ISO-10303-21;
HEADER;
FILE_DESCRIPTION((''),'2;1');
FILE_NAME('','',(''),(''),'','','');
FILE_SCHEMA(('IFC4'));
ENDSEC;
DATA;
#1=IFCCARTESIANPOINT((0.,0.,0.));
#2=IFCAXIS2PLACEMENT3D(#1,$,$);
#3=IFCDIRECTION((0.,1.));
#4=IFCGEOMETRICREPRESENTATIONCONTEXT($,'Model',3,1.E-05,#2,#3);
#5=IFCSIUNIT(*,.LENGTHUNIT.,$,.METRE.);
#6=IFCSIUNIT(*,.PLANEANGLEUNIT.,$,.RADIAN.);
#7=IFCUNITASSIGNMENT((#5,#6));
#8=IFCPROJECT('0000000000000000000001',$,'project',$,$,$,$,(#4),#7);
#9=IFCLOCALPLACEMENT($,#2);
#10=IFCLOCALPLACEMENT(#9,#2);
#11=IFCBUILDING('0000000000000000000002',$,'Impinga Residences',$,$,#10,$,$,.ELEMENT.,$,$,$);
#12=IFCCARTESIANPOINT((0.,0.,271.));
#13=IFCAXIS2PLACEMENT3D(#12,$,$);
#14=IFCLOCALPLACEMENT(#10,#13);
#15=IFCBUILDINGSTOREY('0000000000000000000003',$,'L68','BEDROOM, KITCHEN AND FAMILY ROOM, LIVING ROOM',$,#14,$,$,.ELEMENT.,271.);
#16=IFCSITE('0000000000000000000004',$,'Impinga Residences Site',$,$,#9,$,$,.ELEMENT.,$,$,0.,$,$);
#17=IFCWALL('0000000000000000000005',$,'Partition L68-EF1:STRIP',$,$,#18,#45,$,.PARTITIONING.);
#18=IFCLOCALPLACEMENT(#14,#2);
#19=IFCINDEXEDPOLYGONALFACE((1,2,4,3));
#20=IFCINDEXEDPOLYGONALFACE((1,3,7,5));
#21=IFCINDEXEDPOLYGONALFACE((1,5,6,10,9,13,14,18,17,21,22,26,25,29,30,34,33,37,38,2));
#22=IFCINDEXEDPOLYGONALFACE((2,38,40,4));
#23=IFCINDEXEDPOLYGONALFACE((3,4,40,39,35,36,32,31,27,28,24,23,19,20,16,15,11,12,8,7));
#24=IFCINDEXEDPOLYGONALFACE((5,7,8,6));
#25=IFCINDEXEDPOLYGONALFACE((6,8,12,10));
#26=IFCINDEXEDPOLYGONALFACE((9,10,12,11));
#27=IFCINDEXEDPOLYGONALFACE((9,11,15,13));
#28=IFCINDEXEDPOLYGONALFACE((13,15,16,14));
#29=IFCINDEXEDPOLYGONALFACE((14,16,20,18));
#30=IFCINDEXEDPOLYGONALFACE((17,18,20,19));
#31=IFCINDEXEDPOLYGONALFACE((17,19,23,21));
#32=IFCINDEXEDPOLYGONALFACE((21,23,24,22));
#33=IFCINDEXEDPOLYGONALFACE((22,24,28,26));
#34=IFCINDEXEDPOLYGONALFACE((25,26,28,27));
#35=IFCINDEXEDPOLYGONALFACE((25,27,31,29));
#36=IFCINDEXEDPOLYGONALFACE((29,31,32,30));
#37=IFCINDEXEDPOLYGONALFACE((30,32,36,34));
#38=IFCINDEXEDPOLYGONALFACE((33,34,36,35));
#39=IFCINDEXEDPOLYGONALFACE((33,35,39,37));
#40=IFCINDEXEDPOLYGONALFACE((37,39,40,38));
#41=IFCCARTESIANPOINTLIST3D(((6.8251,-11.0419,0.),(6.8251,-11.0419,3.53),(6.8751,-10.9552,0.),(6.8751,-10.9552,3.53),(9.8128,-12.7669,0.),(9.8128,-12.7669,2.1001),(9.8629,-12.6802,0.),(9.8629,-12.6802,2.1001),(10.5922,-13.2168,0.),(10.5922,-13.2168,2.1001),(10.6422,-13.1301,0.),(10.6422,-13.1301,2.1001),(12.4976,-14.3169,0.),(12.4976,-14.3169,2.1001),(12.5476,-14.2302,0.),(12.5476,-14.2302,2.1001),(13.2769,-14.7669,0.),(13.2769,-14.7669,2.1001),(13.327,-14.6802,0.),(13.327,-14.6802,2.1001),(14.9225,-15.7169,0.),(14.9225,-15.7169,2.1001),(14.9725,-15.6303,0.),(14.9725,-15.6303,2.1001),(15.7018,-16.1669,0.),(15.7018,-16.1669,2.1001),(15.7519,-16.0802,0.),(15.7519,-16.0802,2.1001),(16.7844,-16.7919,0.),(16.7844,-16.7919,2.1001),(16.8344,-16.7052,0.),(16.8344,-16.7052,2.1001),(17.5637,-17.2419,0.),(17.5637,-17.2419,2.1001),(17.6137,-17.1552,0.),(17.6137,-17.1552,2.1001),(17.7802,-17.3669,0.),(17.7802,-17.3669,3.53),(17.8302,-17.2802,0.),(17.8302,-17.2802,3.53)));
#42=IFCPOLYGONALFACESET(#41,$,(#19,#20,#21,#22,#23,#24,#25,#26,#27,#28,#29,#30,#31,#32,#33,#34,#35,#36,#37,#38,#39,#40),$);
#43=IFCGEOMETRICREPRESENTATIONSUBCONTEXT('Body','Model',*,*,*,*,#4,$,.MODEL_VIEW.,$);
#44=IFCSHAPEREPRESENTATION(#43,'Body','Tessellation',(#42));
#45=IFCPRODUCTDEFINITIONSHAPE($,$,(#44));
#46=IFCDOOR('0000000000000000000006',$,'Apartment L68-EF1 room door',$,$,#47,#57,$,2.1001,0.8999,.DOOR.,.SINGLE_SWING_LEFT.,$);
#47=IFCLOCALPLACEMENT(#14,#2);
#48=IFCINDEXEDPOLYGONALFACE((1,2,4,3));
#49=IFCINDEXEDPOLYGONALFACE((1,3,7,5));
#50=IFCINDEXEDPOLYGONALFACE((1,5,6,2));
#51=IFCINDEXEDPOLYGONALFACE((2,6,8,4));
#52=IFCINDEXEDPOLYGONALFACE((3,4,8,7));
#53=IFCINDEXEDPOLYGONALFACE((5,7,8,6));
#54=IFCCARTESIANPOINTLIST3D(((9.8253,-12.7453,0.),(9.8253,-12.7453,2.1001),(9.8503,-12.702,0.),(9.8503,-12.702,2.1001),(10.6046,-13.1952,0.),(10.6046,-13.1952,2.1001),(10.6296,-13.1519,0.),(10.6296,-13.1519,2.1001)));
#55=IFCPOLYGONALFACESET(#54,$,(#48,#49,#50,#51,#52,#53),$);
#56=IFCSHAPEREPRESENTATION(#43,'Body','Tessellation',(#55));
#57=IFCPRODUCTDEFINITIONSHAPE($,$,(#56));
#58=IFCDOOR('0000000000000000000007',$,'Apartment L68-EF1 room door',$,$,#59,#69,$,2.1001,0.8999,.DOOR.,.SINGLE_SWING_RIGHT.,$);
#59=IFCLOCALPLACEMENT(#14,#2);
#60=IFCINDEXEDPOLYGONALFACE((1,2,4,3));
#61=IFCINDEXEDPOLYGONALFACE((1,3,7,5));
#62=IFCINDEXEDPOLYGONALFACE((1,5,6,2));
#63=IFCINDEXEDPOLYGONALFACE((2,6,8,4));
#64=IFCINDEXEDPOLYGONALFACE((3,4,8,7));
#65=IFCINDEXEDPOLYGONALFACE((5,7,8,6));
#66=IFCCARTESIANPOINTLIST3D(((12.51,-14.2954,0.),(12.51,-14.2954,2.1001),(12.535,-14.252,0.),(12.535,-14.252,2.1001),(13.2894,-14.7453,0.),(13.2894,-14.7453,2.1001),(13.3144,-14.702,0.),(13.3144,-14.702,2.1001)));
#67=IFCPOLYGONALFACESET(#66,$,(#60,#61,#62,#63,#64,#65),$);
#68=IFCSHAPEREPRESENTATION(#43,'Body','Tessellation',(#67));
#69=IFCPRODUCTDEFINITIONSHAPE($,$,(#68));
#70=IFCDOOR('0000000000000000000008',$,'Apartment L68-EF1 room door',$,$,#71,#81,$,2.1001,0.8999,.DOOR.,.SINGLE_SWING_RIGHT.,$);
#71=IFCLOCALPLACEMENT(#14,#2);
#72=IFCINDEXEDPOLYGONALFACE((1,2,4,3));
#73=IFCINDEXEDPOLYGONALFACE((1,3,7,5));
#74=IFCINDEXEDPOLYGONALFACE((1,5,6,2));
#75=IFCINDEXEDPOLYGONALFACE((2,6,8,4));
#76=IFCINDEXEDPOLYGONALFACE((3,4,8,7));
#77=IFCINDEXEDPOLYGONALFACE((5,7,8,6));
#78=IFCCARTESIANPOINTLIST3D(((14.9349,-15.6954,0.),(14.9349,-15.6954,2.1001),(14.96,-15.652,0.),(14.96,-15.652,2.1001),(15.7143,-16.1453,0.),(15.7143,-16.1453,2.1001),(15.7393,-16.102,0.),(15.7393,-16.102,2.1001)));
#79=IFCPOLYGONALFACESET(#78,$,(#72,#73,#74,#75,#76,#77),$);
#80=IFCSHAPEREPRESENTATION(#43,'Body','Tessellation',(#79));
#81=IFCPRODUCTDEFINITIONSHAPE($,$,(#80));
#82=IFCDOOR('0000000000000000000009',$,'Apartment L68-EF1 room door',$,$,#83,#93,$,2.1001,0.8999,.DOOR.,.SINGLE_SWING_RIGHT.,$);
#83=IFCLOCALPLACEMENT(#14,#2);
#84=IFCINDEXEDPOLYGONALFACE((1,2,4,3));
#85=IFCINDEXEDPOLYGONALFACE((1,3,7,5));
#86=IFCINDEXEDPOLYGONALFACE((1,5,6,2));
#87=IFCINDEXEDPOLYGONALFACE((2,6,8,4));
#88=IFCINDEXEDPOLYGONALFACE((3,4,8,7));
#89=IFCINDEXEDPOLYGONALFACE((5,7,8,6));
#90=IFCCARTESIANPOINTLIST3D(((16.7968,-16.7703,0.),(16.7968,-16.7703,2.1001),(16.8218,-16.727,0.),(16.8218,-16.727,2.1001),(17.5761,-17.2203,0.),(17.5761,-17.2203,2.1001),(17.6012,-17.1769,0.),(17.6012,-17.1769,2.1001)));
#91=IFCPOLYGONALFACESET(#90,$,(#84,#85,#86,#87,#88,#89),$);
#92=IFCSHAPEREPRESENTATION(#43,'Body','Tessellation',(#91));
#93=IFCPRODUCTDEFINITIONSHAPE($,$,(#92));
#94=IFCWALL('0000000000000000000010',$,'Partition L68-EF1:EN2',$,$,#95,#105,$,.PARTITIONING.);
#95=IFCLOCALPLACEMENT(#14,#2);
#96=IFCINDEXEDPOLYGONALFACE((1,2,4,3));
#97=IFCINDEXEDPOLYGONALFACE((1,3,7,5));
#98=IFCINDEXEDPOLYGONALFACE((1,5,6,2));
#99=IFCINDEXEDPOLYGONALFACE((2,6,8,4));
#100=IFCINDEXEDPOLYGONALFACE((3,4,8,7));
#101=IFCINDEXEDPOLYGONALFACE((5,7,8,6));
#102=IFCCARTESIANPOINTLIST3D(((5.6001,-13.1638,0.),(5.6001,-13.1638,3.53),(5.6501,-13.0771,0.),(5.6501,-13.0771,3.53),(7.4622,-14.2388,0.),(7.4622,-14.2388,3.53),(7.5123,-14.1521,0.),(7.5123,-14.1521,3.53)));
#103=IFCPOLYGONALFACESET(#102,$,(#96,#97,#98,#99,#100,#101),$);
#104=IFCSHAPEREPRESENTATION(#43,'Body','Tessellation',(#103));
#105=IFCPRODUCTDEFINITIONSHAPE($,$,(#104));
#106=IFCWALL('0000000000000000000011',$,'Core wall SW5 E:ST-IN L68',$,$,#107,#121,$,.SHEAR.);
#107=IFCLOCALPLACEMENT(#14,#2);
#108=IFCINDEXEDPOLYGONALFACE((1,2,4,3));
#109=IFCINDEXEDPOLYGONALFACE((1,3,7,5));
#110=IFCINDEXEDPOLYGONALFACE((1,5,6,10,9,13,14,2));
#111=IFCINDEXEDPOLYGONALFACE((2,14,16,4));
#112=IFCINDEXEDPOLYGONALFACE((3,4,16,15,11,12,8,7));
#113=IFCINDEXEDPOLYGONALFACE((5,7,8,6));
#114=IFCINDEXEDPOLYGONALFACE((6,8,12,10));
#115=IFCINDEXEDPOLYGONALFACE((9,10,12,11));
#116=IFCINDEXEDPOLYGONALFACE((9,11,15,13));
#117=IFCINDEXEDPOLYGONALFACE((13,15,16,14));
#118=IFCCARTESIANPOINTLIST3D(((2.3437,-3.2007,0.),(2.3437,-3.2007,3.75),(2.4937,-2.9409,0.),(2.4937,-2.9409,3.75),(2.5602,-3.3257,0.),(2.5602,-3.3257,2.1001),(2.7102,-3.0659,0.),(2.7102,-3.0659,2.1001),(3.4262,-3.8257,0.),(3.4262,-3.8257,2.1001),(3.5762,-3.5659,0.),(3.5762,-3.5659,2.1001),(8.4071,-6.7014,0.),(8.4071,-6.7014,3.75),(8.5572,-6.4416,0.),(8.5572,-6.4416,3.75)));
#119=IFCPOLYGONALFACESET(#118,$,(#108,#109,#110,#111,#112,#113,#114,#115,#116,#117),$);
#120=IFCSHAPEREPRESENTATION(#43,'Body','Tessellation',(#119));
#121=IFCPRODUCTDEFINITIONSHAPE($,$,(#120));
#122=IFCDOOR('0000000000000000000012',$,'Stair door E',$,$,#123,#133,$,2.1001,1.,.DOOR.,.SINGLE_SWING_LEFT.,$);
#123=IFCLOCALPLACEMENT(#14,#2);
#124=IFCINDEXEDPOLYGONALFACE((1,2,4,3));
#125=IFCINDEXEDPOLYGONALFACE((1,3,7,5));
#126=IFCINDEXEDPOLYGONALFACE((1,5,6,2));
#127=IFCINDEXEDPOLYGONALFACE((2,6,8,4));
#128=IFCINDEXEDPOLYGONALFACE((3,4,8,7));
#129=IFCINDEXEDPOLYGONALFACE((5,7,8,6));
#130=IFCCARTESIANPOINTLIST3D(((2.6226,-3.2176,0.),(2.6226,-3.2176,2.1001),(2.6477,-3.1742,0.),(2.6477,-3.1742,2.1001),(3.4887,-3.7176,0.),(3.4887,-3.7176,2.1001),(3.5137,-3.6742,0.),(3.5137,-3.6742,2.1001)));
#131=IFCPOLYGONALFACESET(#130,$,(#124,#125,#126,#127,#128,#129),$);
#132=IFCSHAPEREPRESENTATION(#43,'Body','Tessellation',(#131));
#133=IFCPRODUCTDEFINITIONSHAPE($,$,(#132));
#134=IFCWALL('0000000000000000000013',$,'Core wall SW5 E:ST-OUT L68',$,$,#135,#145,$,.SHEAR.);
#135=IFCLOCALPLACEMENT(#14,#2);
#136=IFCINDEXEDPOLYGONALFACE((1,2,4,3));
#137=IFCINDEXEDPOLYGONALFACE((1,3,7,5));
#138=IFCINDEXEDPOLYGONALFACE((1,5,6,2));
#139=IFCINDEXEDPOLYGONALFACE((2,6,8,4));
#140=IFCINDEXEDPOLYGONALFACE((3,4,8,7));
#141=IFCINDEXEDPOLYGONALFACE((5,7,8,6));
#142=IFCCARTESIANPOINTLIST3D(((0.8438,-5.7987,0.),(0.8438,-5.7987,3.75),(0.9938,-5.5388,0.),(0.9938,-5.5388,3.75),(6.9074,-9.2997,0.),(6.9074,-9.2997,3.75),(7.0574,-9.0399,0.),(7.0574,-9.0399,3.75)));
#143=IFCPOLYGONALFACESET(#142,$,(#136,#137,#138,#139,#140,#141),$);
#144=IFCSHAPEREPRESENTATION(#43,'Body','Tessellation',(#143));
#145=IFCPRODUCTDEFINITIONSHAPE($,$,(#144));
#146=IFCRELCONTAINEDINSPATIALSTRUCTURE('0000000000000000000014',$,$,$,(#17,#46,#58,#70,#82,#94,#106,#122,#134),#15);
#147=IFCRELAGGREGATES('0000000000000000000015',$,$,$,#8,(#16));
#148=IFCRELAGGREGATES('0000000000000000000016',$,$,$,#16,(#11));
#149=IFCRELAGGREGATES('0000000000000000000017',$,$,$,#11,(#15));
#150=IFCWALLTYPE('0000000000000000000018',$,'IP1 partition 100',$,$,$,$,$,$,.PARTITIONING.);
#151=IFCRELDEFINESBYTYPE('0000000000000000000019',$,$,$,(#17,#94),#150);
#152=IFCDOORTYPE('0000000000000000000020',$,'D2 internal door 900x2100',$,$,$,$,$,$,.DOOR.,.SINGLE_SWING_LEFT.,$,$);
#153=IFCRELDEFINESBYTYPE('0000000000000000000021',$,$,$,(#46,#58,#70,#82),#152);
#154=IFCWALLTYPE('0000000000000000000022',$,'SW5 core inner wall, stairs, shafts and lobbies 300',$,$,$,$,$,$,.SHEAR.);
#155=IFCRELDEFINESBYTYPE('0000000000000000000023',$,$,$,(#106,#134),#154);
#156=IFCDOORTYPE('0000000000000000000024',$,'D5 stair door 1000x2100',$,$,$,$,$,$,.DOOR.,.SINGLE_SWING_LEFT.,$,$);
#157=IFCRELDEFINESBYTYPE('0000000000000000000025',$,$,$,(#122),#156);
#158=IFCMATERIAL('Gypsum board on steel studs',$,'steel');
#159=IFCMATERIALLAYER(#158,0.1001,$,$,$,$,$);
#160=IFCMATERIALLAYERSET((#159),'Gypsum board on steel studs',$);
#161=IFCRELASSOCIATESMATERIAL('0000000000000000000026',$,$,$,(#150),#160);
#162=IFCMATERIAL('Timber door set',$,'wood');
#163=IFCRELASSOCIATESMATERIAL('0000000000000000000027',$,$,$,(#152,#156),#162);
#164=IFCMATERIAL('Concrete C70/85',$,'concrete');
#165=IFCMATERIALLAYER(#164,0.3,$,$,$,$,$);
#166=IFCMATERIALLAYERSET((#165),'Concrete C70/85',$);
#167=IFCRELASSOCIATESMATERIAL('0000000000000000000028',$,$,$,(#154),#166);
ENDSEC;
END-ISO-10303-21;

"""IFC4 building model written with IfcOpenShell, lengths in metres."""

from ifc_helpers import new_model, si_unit, direction, frame, frame_2d, origin, place, context, subcontext, project, spatial, rectangle, extrude, material, layer, layer_set, type_object, element, fill, save


model = new_model("IFC4")

# Units and contexts
model_context = context("Model", 3, precision=1e-05, world=origin(), true_north=direction((0.0, 1.0)))
body_context = subcontext(model_context, "Body", "Model", "MODEL_VIEW")
ifc_project = project(units=[si_unit("LENGTHUNIT", "METRE"), si_unit("PLANEANGLEUNIT", "RADIAN")], contexts=[model_context])

# Site, building, storey
site_placement = place(None, origin())
site = spatial("IfcSite", under=ifc_project, at=site_placement, Name="Impinga Residences Site", CompositionType="ELEMENT", RefElevation=0.0)
building_placement = place(site_placement, origin())
building = spatial("IfcBuilding", under=site, at=building_placement, Name="Impinga Residences", CompositionType="ELEMENT")
storey_placement = place(building_placement, frame((0.0, 0.0, 271.0)))
storey = spatial("IfcBuildingStorey", under=building, at=storey_placement, Name="L68", Description="BEDROOM, KITCHEN AND FAMILY ROOM, LIVING ROOM", CompositionType="ELEMENT", Elevation=271.0)

# Shared definitions
ifc_material_1 = material(Name="Timber door set", Category="wood")

# Shared definitions
ifc_material_2 = material(Name="Gypsum board on steel studs", Category="steel")
ifc_layer_1 = layer(ifc_material_2, 0.1001)
ifc_layer_set_1 = layer_set([ifc_layer_1], Name="Gypsum board on steel studs")
wall_type_1 = type_object("IfcWallType", Name="IP1 partition 100", PredefinedType="PARTITIONING", material=ifc_layer_set_1)

# Wall, openings, doors
wall_1_placement = place(storey_placement, frame((6.8501, -10.9985, 0.0), z_axis=(0.0, 0.0, 1.0), x_axis=(0.866024, -0.500002, 0.0)))
wall_1 = element("IfcWall", 1, at=wall_1_placement, inside=storey, type_object=wall_type_1, Name="Partition L68-EF1:STRIP", PredefinedType="PARTITIONING", context=body_context, shape_type="SweptSolid", body=[
    extrude(rectangle(XDim=12.6499, YDim=0.1001, at=frame_2d((6.325, 0.0))), origin(), (0.0, 0.0, 1.0), 3.53),
])
opening_1_placement = place(wall_1_placement, frame((3.45, 0.0, 0.0)))
opening_1 = element("IfcOpeningElement", 2, at=opening_1_placement, cuts=wall_1, PredefinedType="OPENING", context=body_context, shape_type="SweptSolid", body=[
    extrude(rectangle(XDim=0.8999, YDim=2.1001, at=frame_2d((0.45, 1.05))), frame((0.0, 0.0601, 0.0), z_axis=(0.0, -1.0, 0.0), x_axis=(1.0, 0.0, 0.0)), (0.0, 0.0, 1.0), 0.1201),
])
opening_2_placement = place(wall_1_placement, frame((6.55, 0.0, 0.0)))
opening_2 = element("IfcOpeningElement", 3, at=opening_2_placement, cuts=wall_1, PredefinedType="OPENING", context=body_context, shape_type="SweptSolid", body=[
    extrude(rectangle(XDim=0.8999, YDim=2.1001, at=frame_2d((0.45, 1.05))), frame((0.0, 0.0601, 0.0), z_axis=(0.0, -1.0, 0.0), x_axis=(1.0, 0.0, 0.0)), (0.0, 0.0, 1.0), 0.1201),
])
opening_3_placement = place(wall_1_placement, frame((9.3501, 0.0, 0.0)))
opening_3 = element("IfcOpeningElement", 4, at=opening_3_placement, cuts=wall_1, PredefinedType="OPENING", context=body_context, shape_type="SweptSolid", body=[
    extrude(rectangle(XDim=0.8999, YDim=2.1001, at=frame_2d((0.45, 1.05))), frame((0.0, 0.0601, 0.0), z_axis=(0.0, -1.0, 0.0), x_axis=(1.0, 0.0, 0.0)), (0.0, 0.0, 1.0), 0.1201),
])
opening_4_placement = place(wall_1_placement, frame((11.5, 0.0, 0.0)))
opening_4 = element("IfcOpeningElement", 5, at=opening_4_placement, cuts=wall_1, PredefinedType="OPENING", context=body_context, shape_type="SweptSolid", body=[
    extrude(rectangle(XDim=0.8999, YDim=2.1001, at=frame_2d((0.45, 1.05))), frame((0.0, 0.0601, 0.0), z_axis=(0.0, -1.0, 0.0), x_axis=(1.0, 0.0, 0.0)), (0.0, 0.0, 1.0), 0.1201),
])
door_type_1 = type_object("IfcDoorType", Name="D2 internal door 900x2100", OperationType="SINGLE_SWING_LEFT", PredefinedType="DOOR", material=ifc_material_1)
door_1_placement = place(opening_1_placement, origin())
door_1 = element("IfcDoor", 6, at=door_1_placement, inside=storey, type_object=door_type_1, Name="Apartment L68-EF1 room door", OperationType="SINGLE_SWING_LEFT", OverallHeight=2.1001, OverallWidth=0.8999, PredefinedType="DOOR", context=body_context, shape_type="SweptSolid", body=[
    extrude(rectangle(XDim=0.8999, YDim=2.1001, at=frame_2d((0.45, 1.05))), frame((0.0, 0.0249, 0.0), z_axis=(0.0, -1.0, 0.0), x_axis=(1.0, 0.0, 0.0)), (0.0, 0.0, 1.0), 0.05),
])
fill(opening_1, door_1)
door_2_placement = place(opening_2_placement, origin())
door_2 = element("IfcDoor", 7, at=door_2_placement, inside=storey, type_object=door_type_1, Name="Apartment L68-EF1 room door", OperationType="SINGLE_SWING_RIGHT", OverallHeight=2.1001, OverallWidth=0.8999, PredefinedType="DOOR", context=body_context, shape_type="SweptSolid", body=[
    extrude(rectangle(XDim=0.8999, YDim=2.1001, at=frame_2d((0.45, 1.05))), frame((0.0, 0.0249, 0.0), z_axis=(0.0, -1.0, 0.0), x_axis=(1.0, 0.0, 0.0)), (0.0, 0.0, 1.0), 0.05),
])
fill(opening_2, door_2)
door_3_placement = place(opening_3_placement, origin())
door_3 = element("IfcDoor", 8, at=door_3_placement, inside=storey, type_object=door_type_1, Name="Apartment L68-EF1 room door", OperationType="SINGLE_SWING_RIGHT", OverallHeight=2.1001, OverallWidth=0.8999, PredefinedType="DOOR", context=body_context, shape_type="SweptSolid", body=[
    extrude(rectangle(XDim=0.8999, YDim=2.1001, at=frame_2d((0.45, 1.05))), frame((0.0, 0.0249, 0.0), z_axis=(0.0, -1.0, 0.0), x_axis=(1.0, 0.0, 0.0)), (0.0, 0.0, 1.0), 0.05),
])
fill(opening_3, door_3)
door_4_placement = place(opening_4_placement, origin())
door_4 = element("IfcDoor", 9, at=door_4_placement, inside=storey, type_object=door_type_1, Name="Apartment L68-EF1 room door", OperationType="SINGLE_SWING_RIGHT", OverallHeight=2.1001, OverallWidth=0.8999, PredefinedType="DOOR", context=body_context, shape_type="SweptSolid", body=[
    extrude(rectangle(XDim=0.8999, YDim=2.1001, at=frame_2d((0.45, 1.05))), frame((0.0, 0.0249, 0.0), z_axis=(0.0, -1.0, 0.0), x_axis=(1.0, 0.0, 0.0)), (0.0, 0.0, 1.0), 0.05),
])
fill(opening_4, door_4)

# Wall
wall_2_placement = place(storey_placement, frame((5.625, -13.1204, 0.0), z_axis=(0.0, 0.0, 1.0), x_axis=(0.866048, -0.499962, 0.0)))
element("IfcWall", 10, at=wall_2_placement, inside=storey, type_object=wall_type_1, Name="Partition L68-EF1:EN2", PredefinedType="PARTITIONING", context=body_context, shape_type="SweptSolid", body=[
    extrude(rectangle(XDim=2.1501, YDim=0.1001, at=frame_2d((1.0752, 0.0))), origin(), (0.0, 0.0, 1.0), 3.53),
])

# Wall, opening, door
ifc_material_3 = material(Name="Concrete C70/85", Category="concrete")
ifc_layer_2 = layer(ifc_material_3, 0.3)
ifc_layer_set_2 = layer_set([ifc_layer_2], Name="Concrete C70/85")
wall_type_2 = type_object("IfcWallType", Name="SW5 core inner wall, stairs, shafts and lobbies 300", PredefinedType="SHEAR", material=ifc_layer_set_2)
wall_3_placement = place(storey_placement, frame((2.4187, -3.0708, 0.0), z_axis=(0.0, 0.0, 1.0), x_axis=(0.866026, -0.499998, 0.0)))
wall_3 = element("IfcWall", 11, at=wall_3_placement, inside=storey, type_object=wall_type_2, Name="Core wall SW5 E:ST-IN L68", PredefinedType="SHEAR", context=body_context, shape_type="SweptSolid", body=[
    extrude(rectangle(XDim=7.0015, YDim=0.3, at=frame_2d((3.5007, 0.0))), origin(), (0.0, 0.0, 1.0), 3.75),
])
opening_5_placement = place(wall_3_placement, frame((0.25, 0.0, 0.0)))
opening_5 = element("IfcOpeningElement", 12, at=opening_5_placement, cuts=wall_3, PredefinedType="OPENING", context=body_context, shape_type="SweptSolid", body=[
    extrude(rectangle(XDim=1.0, YDim=2.1001, at=frame_2d((0.5, 1.05))), frame((0.0, 0.1599, 0.0), z_axis=(0.0, -1.0, 0.0), x_axis=(1.0, 0.0, 0.0)), (0.0, 0.0, 1.0), 0.3201),
])
door_type_2 = type_object("IfcDoorType", Name="D5 stair door 1000x2100", OperationType="SINGLE_SWING_LEFT", PredefinedType="DOOR", material=ifc_material_1)
door_5_placement = place(opening_5_placement, origin())
door_5 = element("IfcDoor", 13, at=door_5_placement, inside=storey, type_object=door_type_2, Name="Stair door E", OperationType="SINGLE_SWING_LEFT", OverallHeight=2.1001, OverallWidth=1.0, PredefinedType="DOOR", context=body_context, shape_type="SweptSolid", body=[
    extrude(rectangle(XDim=1.0, YDim=2.1001, at=frame_2d((0.5, 1.05))), frame((0.0, 0.0249, 0.0), z_axis=(0.0, -1.0, 0.0), x_axis=(1.0, 0.0, 0.0)), (0.0, 0.0, 1.0), 0.05),
])
fill(opening_5, door_5)

# Wall
wall_4_placement = place(storey_placement, frame((0.9187, -5.6687, 0.0), z_axis=(0.0, 0.0, 1.0), x_axis=(0.866011, -0.500024, 0.0)))
element("IfcWall", 14, at=wall_4_placement, inside=storey, type_object=wall_type_2, Name="Core wall SW5 E:ST-OUT L68", PredefinedType="SHEAR", context=body_context, shape_type="SweptSolid", body=[
    extrude(rectangle(XDim=7.0017, YDim=0.3, at=frame_2d((3.501, 0.0))), origin(), (0.0, 0.0, 1.0), 3.75),
])

save(model, "model.ifc")
